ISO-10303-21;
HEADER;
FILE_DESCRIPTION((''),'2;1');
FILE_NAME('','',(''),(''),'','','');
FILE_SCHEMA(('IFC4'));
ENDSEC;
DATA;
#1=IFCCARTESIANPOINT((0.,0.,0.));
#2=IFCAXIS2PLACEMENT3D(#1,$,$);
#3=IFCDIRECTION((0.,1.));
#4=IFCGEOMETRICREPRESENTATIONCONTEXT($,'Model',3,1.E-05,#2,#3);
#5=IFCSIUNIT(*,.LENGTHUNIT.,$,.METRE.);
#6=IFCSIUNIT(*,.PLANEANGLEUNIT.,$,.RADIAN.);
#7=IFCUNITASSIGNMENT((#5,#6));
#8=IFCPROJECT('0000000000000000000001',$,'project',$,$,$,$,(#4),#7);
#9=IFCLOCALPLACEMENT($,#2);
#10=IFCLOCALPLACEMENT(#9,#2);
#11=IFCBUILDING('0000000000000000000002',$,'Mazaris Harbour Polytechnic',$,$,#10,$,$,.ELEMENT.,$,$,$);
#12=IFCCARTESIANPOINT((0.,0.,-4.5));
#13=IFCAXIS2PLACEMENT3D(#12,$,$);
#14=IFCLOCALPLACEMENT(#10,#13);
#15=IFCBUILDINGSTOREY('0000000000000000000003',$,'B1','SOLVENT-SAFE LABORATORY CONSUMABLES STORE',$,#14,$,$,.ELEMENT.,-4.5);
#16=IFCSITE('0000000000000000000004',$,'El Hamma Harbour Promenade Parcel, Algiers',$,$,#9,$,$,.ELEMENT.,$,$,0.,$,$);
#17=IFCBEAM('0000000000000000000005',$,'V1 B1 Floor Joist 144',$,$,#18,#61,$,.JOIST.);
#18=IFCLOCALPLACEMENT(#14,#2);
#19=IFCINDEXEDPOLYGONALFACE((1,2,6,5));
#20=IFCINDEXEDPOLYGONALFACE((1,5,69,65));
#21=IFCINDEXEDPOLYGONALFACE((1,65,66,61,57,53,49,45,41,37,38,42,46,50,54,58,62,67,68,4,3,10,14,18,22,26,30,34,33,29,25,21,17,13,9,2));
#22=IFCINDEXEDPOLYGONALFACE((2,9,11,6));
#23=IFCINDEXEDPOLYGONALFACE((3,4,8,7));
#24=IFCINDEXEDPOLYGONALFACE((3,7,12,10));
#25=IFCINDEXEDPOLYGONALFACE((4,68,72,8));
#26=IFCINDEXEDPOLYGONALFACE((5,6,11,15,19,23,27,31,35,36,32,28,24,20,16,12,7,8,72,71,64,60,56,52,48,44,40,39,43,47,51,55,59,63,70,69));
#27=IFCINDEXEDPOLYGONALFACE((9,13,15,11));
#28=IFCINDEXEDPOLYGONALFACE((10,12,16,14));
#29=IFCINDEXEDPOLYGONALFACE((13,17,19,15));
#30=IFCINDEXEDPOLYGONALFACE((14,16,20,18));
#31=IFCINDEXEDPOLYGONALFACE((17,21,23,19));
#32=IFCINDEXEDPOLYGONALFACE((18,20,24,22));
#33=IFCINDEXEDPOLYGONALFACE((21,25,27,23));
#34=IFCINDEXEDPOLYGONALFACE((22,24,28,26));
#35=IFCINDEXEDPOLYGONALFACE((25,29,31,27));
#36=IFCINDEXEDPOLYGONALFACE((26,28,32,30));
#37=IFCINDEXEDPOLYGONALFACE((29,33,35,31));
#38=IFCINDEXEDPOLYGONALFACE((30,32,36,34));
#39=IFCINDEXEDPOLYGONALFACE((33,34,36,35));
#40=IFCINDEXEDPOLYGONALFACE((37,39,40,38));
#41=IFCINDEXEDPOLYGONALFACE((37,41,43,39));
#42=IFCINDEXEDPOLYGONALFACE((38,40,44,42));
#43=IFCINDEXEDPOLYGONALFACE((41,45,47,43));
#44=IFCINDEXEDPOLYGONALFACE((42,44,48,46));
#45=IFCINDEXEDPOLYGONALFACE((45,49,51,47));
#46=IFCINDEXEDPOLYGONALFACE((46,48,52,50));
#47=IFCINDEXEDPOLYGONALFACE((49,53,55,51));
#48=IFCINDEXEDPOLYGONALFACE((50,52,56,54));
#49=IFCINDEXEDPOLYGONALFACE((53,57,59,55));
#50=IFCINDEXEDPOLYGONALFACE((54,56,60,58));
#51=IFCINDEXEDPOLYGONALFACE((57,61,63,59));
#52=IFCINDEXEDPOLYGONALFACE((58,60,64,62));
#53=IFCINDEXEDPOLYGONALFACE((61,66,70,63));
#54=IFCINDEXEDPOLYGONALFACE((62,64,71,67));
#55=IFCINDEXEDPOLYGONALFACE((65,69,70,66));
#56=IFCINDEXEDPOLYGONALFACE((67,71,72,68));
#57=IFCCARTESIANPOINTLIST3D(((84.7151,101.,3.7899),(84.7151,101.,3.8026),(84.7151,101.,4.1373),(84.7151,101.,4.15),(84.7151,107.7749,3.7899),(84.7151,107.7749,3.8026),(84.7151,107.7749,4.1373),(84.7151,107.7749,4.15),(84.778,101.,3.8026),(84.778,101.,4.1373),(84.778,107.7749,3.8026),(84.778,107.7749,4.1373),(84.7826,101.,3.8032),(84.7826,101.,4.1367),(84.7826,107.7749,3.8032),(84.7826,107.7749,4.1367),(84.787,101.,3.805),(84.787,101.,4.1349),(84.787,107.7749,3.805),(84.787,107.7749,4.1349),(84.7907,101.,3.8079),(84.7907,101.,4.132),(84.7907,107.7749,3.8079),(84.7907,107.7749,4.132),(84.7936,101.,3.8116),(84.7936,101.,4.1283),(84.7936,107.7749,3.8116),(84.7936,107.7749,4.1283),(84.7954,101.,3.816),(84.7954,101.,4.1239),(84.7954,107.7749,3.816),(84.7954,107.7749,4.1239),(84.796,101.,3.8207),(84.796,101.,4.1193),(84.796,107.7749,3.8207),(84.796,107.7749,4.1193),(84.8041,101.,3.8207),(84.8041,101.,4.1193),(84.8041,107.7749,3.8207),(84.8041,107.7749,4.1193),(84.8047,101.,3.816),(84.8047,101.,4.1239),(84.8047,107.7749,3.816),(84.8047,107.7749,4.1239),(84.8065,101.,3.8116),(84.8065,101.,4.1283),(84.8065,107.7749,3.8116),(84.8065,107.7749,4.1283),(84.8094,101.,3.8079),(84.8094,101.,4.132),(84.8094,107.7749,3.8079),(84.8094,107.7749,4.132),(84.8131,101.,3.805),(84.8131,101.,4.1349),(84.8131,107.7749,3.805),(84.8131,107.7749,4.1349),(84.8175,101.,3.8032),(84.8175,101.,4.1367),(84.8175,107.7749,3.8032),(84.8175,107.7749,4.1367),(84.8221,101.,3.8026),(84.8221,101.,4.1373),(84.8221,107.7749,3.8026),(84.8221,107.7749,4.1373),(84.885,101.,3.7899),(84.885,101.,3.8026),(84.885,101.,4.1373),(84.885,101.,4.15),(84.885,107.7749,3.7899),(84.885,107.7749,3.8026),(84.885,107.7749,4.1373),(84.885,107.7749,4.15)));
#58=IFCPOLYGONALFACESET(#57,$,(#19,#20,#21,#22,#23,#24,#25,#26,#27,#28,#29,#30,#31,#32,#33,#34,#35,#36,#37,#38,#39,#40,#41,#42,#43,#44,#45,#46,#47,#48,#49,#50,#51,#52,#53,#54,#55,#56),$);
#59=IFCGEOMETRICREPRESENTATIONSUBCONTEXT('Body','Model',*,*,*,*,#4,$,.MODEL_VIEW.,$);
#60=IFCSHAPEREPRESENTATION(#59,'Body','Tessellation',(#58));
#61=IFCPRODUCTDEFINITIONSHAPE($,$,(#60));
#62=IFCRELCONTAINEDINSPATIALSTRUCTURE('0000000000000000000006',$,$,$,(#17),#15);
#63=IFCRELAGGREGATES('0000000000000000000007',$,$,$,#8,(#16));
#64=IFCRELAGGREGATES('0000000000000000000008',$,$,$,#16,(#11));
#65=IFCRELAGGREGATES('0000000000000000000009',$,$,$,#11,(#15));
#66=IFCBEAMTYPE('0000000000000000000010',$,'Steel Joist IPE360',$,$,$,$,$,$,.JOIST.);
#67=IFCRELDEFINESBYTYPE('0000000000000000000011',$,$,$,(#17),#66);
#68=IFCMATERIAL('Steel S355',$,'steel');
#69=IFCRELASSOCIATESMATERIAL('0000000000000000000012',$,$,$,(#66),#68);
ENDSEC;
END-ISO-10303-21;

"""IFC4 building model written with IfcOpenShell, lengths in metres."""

from ifc_helpers import new_model, si_unit, direction, frame, origin, origin_2d, place, context, subcontext, project, spatial, i_section, extrude, material, material_profile, profile_set, type_object, element, save


model = new_model("IFC4")

# Units and contexts
model_context = context("Model", 3, precision=1e-05, world=origin(), true_north=direction((0.0, 1.0)))
body_context = subcontext(model_context, "Body", "Model", "MODEL_VIEW")
ifc_project = project(units=[si_unit("LENGTHUNIT", "METRE"), si_unit("PLANEANGLEUNIT", "RADIAN")], contexts=[model_context])

# Site, building, storey
site_placement = place(None, origin())
site = spatial("IfcSite", under=ifc_project, at=site_placement, Name="El Hamma Harbour Promenade Parcel, Algiers", CompositionType="ELEMENT", RefElevation=0.0)
building_placement = place(site_placement, origin())
building = spatial("IfcBuilding", under=site, at=building_placement, Name="Mazaris Harbour Polytechnic", CompositionType="ELEMENT")
storey_placement = place(building_placement, frame((0.0, 0.0, -4.5)))
storey = spatial("IfcBuildingStorey", under=building, at=storey_placement, Name="B1", Description="SOLVENT-SAFE LABORATORY CONSUMABLES STORE", CompositionType="ELEMENT", Elevation=-4.5)

# Beam
ifc_material_1 = material(Name="Steel S355", Category="steel")
ifc_material_profile_1 = material_profile(ifc_material_1, i_section(OverallWidth=0.1699, OverallDepth=0.3601, WebThickness=0.0081, FlangeThickness=0.0127, FilletRadius=0.0181, at=origin_2d()), Name="IPE 360")
ifc_profile_set_1 = profile_set([ifc_material_profile_1], Name="Steel S355")
beam_type_1 = type_object("IfcBeamType", Name="Steel Joist IPE360", PredefinedType="JOIST", material=ifc_profile_set_1)
beam_1_placement = place(storey_placement, frame((84.8, 101.0, 3.97), z_axis=(0.0, 1.0, 0.0), x_axis=(-1.0, 0.0, 0.0)))
element("IfcBeam", 1, at=beam_1_placement, inside=storey, type_object=beam_type_1, Name="V1 B1 Floor Joist 144", PredefinedType="JOIST", context=body_context, shape_type="SweptSolid", body=[
    extrude(i_section(OverallWidth=0.1699, OverallDepth=0.3601, WebThickness=0.0081, FlangeThickness=0.0127, FilletRadius=0.0181, at=origin_2d()), origin(), (0.0, 0.0, 1.0), 6.7749),
])

save(model, "model.ifc")
